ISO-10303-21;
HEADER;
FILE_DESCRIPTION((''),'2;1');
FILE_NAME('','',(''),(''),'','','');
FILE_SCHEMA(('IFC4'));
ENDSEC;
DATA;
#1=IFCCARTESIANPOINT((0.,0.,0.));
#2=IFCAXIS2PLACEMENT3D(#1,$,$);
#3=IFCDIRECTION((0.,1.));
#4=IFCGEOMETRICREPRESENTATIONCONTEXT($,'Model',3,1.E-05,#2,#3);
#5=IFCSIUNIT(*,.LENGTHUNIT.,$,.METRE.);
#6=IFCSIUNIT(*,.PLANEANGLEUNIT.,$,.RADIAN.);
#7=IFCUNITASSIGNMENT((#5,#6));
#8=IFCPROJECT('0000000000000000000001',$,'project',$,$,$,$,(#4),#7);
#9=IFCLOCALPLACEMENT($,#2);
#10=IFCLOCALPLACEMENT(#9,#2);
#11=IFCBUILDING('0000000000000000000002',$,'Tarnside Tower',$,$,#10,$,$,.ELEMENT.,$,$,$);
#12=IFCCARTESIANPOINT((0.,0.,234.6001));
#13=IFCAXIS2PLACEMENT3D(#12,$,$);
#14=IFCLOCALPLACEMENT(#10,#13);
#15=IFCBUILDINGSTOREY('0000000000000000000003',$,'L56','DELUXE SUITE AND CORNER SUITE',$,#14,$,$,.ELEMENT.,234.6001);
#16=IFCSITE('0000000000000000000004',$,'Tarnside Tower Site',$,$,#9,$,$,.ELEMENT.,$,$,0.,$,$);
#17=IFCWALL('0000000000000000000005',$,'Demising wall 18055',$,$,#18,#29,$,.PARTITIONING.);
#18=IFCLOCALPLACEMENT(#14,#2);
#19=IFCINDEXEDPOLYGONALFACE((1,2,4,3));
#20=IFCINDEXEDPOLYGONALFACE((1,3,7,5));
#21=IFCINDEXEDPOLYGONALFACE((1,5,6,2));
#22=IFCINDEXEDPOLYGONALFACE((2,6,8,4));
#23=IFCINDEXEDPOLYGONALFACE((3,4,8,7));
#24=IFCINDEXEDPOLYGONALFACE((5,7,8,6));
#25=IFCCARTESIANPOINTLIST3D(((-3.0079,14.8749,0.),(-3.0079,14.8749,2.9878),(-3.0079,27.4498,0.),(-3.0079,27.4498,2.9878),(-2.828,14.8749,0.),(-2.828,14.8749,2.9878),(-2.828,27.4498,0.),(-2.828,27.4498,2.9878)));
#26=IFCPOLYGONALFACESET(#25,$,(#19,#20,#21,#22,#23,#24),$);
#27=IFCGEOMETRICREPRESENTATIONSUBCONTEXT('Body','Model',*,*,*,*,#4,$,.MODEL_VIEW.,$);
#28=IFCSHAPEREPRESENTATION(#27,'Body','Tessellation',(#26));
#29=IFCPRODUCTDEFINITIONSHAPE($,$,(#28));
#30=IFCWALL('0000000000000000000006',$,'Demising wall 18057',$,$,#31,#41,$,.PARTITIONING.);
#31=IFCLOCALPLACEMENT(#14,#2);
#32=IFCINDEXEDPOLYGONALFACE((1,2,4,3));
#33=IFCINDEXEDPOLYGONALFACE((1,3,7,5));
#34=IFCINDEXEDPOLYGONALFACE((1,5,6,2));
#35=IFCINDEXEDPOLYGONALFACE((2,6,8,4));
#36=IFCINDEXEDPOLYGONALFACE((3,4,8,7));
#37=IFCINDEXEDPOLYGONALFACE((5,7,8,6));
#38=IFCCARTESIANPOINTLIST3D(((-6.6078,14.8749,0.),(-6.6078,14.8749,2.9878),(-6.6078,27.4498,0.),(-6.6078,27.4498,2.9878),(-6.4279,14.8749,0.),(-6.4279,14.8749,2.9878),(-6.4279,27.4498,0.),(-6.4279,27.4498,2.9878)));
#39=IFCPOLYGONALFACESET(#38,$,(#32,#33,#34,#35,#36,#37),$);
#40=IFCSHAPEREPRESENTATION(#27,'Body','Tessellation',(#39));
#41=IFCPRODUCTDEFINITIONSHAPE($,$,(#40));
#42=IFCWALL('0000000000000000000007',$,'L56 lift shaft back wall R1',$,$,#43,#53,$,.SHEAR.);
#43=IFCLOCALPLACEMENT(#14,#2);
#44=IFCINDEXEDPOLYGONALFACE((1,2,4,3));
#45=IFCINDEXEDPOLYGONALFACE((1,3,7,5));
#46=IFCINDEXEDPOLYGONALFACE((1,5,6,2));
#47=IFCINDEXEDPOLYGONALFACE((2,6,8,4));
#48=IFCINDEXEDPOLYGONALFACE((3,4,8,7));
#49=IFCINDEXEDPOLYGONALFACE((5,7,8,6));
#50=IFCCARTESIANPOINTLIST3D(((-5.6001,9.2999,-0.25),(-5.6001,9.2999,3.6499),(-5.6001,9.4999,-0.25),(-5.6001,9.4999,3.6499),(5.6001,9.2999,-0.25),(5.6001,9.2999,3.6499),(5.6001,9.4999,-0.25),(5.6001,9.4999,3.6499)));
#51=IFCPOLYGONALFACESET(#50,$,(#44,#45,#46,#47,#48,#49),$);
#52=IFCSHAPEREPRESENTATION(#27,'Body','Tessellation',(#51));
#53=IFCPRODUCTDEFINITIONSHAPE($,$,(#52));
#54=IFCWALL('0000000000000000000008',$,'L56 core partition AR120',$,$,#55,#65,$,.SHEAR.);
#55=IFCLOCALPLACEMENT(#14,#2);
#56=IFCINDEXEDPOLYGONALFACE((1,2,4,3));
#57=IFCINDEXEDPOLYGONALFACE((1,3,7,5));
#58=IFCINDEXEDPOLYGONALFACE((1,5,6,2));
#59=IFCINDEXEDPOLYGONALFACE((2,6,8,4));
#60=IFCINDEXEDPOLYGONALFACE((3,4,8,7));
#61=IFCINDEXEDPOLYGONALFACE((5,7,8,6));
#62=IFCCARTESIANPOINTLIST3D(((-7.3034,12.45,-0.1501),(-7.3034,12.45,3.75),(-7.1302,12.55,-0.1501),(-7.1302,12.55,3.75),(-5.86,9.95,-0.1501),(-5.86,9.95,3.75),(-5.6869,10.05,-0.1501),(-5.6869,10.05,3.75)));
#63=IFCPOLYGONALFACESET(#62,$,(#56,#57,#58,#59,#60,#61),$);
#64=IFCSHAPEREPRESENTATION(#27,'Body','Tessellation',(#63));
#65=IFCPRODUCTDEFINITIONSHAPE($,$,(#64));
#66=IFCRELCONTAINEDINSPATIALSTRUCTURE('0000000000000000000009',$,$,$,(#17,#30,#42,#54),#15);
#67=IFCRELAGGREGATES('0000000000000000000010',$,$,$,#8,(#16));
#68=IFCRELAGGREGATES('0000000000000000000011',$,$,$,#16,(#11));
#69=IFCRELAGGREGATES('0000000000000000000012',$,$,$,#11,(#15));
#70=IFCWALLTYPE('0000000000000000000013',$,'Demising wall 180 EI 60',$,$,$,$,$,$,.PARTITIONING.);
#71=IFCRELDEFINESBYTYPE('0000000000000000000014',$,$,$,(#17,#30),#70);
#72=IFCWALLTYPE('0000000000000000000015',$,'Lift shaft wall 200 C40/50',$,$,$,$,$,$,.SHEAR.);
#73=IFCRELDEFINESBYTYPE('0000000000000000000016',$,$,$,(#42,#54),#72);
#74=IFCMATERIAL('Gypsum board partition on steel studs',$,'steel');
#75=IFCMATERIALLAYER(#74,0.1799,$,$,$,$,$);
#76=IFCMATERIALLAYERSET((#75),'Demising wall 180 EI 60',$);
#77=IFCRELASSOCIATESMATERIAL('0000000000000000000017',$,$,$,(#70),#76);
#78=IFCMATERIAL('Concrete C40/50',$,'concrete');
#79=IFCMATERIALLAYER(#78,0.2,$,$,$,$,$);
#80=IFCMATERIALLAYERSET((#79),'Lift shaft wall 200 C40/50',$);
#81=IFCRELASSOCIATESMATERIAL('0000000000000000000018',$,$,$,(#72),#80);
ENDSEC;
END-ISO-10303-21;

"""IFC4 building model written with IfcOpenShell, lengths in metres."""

from ifc_helpers import new_model, si_unit, direction, frame, frame_2d, origin, place, context, subcontext, project, spatial, rectangle, extrude, material, layer, layer_set, type_object, element, save


model = new_model("IFC4")

# Units and contexts
model_context = context("Model", 3, precision=1e-05, world=origin(), true_north=direction((0.0, 1.0)))
body_context = subcontext(model_context, "Body", "Model", "MODEL_VIEW")
ifc_project = project(units=[si_unit("LENGTHUNIT", "METRE"), si_unit("PLANEANGLEUNIT", "RADIAN")], contexts=[model_context])

# Site, building, storey
site_placement = place(None, origin())
site = spatial("IfcSite", under=ifc_project, at=site_placement, Name="Tarnside Tower Site", CompositionType="ELEMENT", RefElevation=0.0)
building_placement = place(site_placement, origin())
building = spatial("IfcBuilding", under=site, at=building_placement, Name="Tarnside Tower", CompositionType="ELEMENT")
storey_placement = place(building_placement, frame((0.0, 0.0, 234.6001)))
storey = spatial("IfcBuildingStorey", under=building, at=storey_placement, Name="L56", Description="DELUXE SUITE AND CORNER SUITE", CompositionType="ELEMENT", Elevation=234.6001)

# Shared definitions
ifc_material_1 = material(Name="Gypsum board partition on steel studs", Category="steel")

# Walls
ifc_layer_1 = layer(ifc_material_1, 0.1799)
ifc_layer_set_1 = layer_set([ifc_layer_1], Name="Demising wall 180 EI 60")
wall_type_1 = type_object("IfcWallType", Name="Demising wall 180 EI 60", PredefinedType="PARTITIONING", material=ifc_layer_set_1)
for number, where, z_axis, x_axis, name in (
    (1, (-2.918, 27.45, 0.0), (0.0, 0.0, 1.0), (0.0, -1.0, 0.0), "Demising wall 18055"),
    (2, (-6.5178, 27.45, 0.0), (0.0, 0.0, 1.0), (0.0, -1.0, 0.0), "Demising wall 18057"),
):
    element("IfcWall", number, at=place(storey_placement, frame(where, z_axis=z_axis, x_axis=x_axis)), inside=storey, type_object=wall_type_1, Name=name, PredefinedType="PARTITIONING", context=body_context, shape_type="SweptSolid", body=[
        extrude(rectangle(XDim=12.575, YDim=0.1799, at=frame_2d((6.2876, 0.0))), origin(), (0.0, 0.0, 1.0), 2.9878),
    ])
ifc_material_2 = material(Name="Concrete C40/50", Category="concrete")
ifc_layer_2 = layer(ifc_material_2, 0.2)
ifc_layer_set_2 = layer_set([ifc_layer_2], Name="Lift shaft wall 200 C40/50")
wall_type_2 = type_object("IfcWallType", Name="Lift shaft wall 200 C40/50", PredefinedType="SHEAR", material=ifc_layer_set_2)
wall_1_placement = place(storey_placement, frame((-5.6001, 9.3999, -0.25), z_axis=(0.0, 0.0, 1.0), x_axis=(1.0, 0.0, 0.0)))
element("IfcWall", 3, at=wall_1_placement, inside=storey, type_object=wall_type_2, Name="L56 lift shaft back wall R1", PredefinedType="SHEAR", context=body_context, shape_type="SweptSolid", body=[
    extrude(rectangle(XDim=11.2002, YDim=0.2, at=frame_2d((5.6001, 0.0))), origin(), (0.0, 0.0, 1.0), 3.8999),
])
wall_2_placement = place(storey_placement, frame((-5.7734, 10.0, -0.1501), z_axis=(0.0, 0.0, 1.0), x_axis=(-0.499996, 0.866028, 0.0)))
element("IfcWall", 4, at=wall_2_placement, inside=storey, type_object=wall_type_2, Name="L56 core partition AR120", PredefinedType="SHEAR", context=body_context, shape_type="SweptSolid", body=[
    extrude(rectangle(XDim=2.8867, YDim=0.2, at=frame_2d((1.4434, 0.0))), origin(), (0.0, 0.0, 1.0), 3.9001),
])

save(model, "model.ifc")
